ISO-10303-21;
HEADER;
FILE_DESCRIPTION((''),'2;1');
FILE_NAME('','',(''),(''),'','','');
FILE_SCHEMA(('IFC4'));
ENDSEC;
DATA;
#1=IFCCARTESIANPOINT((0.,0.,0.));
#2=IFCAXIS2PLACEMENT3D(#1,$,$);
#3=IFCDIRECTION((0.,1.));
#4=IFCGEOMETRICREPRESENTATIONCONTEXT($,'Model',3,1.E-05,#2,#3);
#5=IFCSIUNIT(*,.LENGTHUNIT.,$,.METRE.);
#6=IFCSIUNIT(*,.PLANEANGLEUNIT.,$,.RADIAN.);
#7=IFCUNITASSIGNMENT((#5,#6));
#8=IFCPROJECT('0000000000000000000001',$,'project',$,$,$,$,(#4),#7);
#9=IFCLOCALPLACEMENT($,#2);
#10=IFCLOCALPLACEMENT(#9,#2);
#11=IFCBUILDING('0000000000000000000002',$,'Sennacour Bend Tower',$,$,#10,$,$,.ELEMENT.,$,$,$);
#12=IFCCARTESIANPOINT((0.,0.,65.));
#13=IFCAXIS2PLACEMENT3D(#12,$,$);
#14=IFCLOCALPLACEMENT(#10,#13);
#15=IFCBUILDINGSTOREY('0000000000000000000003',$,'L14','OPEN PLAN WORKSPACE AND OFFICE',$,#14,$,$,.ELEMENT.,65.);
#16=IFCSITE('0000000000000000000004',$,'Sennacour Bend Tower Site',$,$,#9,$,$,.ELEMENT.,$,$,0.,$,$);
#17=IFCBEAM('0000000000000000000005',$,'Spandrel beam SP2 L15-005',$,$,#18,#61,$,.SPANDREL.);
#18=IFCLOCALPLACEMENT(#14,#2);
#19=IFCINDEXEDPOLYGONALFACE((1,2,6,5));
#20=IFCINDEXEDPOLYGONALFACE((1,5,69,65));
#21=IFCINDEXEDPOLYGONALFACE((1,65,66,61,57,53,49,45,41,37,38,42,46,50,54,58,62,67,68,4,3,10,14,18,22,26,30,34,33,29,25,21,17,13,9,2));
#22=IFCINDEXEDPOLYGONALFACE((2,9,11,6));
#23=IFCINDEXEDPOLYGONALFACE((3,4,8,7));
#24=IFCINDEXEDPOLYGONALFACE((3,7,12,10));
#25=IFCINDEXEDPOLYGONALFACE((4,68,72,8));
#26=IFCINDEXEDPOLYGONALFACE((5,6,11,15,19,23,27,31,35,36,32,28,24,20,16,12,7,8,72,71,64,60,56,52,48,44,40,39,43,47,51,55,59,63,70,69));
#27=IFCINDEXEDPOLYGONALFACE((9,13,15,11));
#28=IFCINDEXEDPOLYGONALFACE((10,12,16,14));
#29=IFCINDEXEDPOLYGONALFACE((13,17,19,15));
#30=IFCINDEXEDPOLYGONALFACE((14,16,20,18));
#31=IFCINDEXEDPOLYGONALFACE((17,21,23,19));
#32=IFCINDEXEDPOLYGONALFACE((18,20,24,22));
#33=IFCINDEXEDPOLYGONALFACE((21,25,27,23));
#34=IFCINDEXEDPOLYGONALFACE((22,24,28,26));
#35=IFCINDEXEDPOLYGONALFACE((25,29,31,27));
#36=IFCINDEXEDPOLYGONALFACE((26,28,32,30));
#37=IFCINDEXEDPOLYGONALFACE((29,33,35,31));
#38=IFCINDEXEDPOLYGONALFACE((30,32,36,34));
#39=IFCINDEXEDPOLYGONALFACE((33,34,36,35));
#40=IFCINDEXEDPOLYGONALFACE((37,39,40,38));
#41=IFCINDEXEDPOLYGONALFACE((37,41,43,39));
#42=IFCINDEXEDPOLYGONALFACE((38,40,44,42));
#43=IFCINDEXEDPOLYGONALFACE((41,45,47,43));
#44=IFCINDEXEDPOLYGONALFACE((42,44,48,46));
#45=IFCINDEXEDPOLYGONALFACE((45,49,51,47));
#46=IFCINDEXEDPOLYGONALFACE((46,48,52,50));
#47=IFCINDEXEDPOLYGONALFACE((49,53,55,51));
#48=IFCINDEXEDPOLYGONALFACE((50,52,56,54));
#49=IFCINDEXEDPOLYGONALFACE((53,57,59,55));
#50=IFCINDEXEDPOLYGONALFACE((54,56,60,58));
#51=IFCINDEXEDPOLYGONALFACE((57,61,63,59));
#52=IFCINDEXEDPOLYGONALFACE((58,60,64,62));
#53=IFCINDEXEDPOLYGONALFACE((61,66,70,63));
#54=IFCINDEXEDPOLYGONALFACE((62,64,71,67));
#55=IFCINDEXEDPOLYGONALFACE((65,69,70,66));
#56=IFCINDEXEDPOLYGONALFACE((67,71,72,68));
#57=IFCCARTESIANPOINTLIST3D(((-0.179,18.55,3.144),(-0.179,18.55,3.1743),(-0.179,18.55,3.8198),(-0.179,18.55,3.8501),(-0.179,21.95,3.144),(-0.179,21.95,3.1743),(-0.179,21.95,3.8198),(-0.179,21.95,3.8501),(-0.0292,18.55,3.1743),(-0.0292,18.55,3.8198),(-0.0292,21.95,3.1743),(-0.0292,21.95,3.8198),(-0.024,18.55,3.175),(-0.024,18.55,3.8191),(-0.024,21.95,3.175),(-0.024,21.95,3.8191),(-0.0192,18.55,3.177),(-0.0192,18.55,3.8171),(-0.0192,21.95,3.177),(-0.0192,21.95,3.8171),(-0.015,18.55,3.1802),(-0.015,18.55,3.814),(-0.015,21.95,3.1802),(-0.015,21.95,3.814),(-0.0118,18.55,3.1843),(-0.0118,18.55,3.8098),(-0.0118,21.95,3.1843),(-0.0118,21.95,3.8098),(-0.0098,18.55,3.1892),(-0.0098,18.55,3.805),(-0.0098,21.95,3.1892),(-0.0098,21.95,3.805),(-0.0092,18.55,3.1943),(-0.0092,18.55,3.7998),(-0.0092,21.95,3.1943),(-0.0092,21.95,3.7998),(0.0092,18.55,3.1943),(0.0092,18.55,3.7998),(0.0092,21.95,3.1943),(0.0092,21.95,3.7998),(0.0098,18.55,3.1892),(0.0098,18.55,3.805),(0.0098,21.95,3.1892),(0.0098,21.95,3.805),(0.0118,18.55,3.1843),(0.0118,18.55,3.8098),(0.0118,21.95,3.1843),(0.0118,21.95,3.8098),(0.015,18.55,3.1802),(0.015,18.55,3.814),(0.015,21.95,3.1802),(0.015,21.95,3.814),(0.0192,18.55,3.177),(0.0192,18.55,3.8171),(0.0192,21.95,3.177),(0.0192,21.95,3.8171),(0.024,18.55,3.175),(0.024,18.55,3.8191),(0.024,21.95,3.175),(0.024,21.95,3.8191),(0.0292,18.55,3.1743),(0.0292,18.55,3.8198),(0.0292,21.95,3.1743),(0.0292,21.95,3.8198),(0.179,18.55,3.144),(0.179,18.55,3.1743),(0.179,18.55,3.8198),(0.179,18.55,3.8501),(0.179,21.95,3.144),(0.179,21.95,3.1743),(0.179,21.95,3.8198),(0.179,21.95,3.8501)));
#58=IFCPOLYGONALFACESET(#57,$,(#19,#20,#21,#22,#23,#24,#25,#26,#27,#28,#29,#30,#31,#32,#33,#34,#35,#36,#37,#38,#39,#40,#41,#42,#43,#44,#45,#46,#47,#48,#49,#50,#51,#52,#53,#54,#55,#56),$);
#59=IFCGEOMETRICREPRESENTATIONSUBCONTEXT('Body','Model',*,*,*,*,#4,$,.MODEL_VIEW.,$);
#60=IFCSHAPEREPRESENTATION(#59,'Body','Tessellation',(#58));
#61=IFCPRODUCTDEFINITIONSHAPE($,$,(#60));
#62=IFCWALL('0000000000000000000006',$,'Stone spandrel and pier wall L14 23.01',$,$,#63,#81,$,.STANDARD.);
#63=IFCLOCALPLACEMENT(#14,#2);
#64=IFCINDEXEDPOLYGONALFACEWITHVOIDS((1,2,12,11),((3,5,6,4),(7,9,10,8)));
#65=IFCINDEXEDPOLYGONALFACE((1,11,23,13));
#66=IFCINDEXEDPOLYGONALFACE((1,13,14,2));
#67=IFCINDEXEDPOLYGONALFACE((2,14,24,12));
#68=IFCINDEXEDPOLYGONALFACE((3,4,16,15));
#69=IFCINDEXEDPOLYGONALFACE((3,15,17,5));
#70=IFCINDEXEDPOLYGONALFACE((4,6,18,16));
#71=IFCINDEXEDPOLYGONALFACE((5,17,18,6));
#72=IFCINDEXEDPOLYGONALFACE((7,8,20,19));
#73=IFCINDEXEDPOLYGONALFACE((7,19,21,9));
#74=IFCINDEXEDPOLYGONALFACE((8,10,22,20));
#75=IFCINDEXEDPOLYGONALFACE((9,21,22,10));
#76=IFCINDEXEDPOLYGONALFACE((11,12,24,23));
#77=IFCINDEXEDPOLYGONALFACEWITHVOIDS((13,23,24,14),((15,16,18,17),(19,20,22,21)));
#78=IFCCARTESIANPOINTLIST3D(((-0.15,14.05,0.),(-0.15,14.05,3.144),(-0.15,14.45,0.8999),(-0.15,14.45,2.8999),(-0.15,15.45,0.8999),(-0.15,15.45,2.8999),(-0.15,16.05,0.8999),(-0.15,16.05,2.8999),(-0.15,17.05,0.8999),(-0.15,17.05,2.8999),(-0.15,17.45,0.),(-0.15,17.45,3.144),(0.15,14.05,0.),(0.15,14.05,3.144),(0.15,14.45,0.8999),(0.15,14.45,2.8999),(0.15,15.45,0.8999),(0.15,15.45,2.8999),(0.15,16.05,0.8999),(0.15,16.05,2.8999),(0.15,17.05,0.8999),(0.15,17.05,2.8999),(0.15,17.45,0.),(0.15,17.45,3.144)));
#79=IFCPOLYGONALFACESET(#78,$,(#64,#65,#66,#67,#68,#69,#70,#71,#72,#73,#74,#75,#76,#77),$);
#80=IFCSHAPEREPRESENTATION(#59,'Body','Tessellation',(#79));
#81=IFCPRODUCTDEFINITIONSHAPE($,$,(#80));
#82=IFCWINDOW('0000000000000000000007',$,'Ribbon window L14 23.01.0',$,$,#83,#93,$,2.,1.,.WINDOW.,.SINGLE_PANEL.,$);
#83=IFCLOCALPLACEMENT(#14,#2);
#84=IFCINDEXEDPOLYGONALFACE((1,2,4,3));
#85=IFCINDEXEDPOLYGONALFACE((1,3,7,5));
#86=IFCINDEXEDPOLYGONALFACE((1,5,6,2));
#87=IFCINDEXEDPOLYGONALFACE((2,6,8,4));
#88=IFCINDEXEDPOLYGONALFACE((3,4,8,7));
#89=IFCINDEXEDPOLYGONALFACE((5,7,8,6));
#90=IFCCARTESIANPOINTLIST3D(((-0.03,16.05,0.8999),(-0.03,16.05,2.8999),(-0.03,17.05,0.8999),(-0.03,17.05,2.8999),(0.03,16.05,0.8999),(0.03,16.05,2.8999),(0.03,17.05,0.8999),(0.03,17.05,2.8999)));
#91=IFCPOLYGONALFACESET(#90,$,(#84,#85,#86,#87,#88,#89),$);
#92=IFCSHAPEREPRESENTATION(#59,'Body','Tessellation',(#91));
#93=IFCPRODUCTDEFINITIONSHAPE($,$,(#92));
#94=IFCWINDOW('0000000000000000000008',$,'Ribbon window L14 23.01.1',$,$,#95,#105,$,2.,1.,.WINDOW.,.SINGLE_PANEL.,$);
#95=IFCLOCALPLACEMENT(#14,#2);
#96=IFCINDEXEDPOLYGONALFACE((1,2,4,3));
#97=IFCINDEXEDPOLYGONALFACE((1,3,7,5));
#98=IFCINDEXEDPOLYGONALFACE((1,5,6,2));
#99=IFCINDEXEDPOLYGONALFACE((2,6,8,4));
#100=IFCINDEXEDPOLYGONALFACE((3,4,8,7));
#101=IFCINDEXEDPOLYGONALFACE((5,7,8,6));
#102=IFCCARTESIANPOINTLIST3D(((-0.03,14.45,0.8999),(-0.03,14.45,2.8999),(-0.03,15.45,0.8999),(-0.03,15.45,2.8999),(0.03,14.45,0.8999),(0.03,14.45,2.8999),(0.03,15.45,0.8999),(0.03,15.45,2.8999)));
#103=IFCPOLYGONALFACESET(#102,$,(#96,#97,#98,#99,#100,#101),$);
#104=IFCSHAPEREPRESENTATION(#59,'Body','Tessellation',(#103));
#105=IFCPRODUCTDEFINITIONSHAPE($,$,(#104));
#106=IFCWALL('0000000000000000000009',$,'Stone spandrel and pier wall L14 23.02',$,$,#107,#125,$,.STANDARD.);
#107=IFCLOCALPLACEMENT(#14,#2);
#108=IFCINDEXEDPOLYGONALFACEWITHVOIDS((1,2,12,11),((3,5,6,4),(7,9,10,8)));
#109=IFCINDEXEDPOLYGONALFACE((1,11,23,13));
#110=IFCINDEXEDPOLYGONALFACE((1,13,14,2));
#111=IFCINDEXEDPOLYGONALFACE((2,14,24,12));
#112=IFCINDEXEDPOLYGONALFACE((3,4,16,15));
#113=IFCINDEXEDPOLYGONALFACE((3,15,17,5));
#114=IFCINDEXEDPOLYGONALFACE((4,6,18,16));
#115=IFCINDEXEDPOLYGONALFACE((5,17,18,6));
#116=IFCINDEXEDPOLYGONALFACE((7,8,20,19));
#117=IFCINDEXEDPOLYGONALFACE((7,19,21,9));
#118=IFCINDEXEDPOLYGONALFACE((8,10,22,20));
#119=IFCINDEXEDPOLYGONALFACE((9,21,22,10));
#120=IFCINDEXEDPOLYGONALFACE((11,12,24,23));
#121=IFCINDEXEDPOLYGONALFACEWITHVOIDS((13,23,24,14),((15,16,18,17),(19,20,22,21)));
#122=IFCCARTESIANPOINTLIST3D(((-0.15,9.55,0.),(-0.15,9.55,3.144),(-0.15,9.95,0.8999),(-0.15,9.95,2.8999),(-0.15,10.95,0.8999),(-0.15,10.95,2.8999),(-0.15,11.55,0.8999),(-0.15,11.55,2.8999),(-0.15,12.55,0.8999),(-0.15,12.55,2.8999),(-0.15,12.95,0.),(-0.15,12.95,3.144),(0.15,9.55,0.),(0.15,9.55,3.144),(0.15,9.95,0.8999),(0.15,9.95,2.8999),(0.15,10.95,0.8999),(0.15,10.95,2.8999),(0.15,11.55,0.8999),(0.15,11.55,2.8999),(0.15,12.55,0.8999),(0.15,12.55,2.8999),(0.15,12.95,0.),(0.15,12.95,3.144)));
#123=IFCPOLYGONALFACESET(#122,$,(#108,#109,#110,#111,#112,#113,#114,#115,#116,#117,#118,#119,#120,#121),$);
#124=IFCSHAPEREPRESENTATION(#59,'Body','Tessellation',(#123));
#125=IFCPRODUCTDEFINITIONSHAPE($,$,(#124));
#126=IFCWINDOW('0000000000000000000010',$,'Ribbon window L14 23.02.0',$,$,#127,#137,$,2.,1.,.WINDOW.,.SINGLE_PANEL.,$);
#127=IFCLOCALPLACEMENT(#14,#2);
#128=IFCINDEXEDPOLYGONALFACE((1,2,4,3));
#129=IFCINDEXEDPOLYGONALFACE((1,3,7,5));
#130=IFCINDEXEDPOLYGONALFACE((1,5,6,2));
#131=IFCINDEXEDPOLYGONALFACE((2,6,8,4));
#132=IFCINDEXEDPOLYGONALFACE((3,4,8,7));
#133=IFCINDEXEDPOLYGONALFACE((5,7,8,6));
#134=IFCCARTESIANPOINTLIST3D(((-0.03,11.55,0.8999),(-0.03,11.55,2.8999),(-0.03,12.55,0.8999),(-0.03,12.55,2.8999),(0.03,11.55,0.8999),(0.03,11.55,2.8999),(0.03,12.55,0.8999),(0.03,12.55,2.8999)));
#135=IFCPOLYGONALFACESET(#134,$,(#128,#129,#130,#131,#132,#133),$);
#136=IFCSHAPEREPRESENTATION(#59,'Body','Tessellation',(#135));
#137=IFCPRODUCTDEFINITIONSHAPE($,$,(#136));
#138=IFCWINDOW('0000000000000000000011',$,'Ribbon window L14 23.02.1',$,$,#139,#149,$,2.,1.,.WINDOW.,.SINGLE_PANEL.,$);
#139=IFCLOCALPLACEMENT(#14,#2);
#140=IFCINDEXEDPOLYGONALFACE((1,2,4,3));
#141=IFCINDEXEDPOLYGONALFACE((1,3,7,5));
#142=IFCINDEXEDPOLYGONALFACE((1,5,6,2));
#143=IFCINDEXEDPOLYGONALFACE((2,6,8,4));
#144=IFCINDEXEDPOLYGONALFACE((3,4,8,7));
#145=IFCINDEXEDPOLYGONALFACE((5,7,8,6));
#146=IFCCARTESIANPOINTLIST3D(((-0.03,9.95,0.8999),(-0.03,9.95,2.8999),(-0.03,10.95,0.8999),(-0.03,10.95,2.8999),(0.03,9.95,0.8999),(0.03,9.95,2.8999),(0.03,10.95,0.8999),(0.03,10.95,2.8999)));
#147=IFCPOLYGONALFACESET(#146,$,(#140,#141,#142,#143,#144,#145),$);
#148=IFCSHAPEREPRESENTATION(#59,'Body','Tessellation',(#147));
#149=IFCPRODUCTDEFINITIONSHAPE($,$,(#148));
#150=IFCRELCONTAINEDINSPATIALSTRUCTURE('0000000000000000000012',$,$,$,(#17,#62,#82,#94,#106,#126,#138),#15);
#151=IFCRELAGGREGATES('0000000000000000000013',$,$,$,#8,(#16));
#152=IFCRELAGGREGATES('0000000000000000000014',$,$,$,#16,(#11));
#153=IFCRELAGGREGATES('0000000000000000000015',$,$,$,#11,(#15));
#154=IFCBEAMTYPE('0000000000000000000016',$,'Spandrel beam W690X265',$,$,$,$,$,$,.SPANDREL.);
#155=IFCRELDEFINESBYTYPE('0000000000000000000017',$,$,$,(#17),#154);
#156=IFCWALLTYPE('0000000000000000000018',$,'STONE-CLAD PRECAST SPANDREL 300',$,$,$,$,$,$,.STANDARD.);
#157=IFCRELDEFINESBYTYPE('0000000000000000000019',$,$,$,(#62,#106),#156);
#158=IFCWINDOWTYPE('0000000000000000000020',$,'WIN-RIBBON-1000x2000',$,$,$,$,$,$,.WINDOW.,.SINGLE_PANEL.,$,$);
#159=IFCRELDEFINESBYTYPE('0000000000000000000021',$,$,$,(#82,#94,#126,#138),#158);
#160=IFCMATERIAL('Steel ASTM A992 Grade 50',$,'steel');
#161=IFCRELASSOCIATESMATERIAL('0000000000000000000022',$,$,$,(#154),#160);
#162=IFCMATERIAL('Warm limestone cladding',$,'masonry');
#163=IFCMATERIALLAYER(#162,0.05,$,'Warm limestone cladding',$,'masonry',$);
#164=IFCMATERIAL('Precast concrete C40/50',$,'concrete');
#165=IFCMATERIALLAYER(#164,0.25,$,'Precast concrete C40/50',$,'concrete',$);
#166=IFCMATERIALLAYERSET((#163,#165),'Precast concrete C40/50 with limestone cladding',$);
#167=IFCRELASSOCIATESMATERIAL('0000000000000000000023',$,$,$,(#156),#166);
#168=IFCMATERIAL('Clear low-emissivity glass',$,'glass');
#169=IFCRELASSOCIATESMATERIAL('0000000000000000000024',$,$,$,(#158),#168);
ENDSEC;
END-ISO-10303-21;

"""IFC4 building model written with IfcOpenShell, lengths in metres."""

from ifc_helpers import new_model, si_unit, direction, frame, frame_2d, origin, origin_2d, place, context, subcontext, project, spatial, rectangle, i_section, extrude, material, layer, layer_set, material_profile, profile_set, type_object, element, fill, save


model = new_model("IFC4")

# Units and contexts
model_context = context("Model", 3, precision=1e-05, world=origin(), true_north=direction((0.0, 1.0)))
body_context = subcontext(model_context, "Body", "Model", "MODEL_VIEW")
ifc_project = project(units=[si_unit("LENGTHUNIT", "METRE"), si_unit("PLANEANGLEUNIT", "RADIAN")], contexts=[model_context])

# Site, building, storey
site_placement = place(None, origin())
site = spatial("IfcSite", under=ifc_project, at=site_placement, Name="Sennacour Bend Tower Site", CompositionType="ELEMENT", RefElevation=0.0)
building_placement = place(site_placement, origin())
building = spatial("IfcBuilding", under=site, at=building_placement, Name="Sennacour Bend Tower", CompositionType="ELEMENT")
storey_placement = place(building_placement, frame((0.0, 0.0, 65.0)))
storey = spatial("IfcBuildingStorey", under=building, at=storey_placement, Name="L14", Description="OPEN PLAN WORKSPACE AND OFFICE", CompositionType="ELEMENT", Elevation=65.0)

# Beam
ifc_material_1 = material(Name="Steel ASTM A992 Grade 50", Category="steel")
ifc_material_profile_1 = material_profile(ifc_material_1, i_section(OverallWidth=0.3579, OverallDepth=0.7061, WebThickness=0.0183, FlangeThickness=0.0303, FilletRadius=0.02, at=origin_2d()), Name="Steel ASTM A992 Grade 50", Category="steel")
ifc_profile_set_1 = profile_set([ifc_material_profile_1], Name="Steel ASTM A992 Grade 50")
beam_type = type_object("IfcBeamType", Name="Spandrel beam W690X265", PredefinedType="SPANDREL", material=ifc_profile_set_1)
for number, where, z_axis, x_axis, name in (
    (1, (0.0, 18.55, 3.4971), (0.0, 1.0, 0.0), (-1.0, 0.0, 0.0), "Spandrel beam SP2 L15-005"),
):
    element("IfcBeam", number, at=place(storey_placement, frame(where, z_axis=z_axis, x_axis=x_axis)), inside=storey, type_object=beam_type, Name=name, PredefinedType="SPANDREL", context=body_context, shape_type="SweptSolid", body=[
        extrude(i_section(OverallWidth=0.3579, OverallDepth=0.7061, WebThickness=0.0183, FlangeThickness=0.0303, FilletRadius=0.02, at=origin_2d()), origin(), (0.0, 0.0, 1.0), 3.3999),
    ])

# Walls, openings, windows
ifc_material_2 = material(Name="Warm limestone cladding", Category="masonry")
ifc_layer_1 = layer(ifc_material_2, 0.05, Name="Warm limestone cladding", Category="masonry")
ifc_material_3 = material(Name="Precast concrete C40/50", Category="concrete")
ifc_layer_2 = layer(ifc_material_3, 0.25, Name="Precast concrete C40/50", Category="concrete")
ifc_layer_set = layer_set([ifc_layer_1, ifc_layer_2], Name="Precast concrete C40/50 with limestone cladding")
wall_type = type_object("IfcWallType", Name="STONE-CLAD PRECAST SPANDREL 300", PredefinedType="STANDARD", material=ifc_layer_set)
wall_1_placement = place(storey_placement, frame((0.0, 17.45, 0.0), z_axis=(0.0, 0.0, 1.0), x_axis=(0.0, -1.0, 0.0)))
wall_1 = element("IfcWall", 2, at=wall_1_placement, inside=storey, type_object=wall_type, Name="Stone spandrel and pier wall L14 23.01", PredefinedType="STANDARD", context=body_context, shape_type="SweptSolid", body=[
    extrude(rectangle(XDim=3.3999, YDim=0.3, at=frame_2d((1.7, 0.0))), origin(), (0.0, 0.0, 1.0), 3.144),
])
opening_1_placement = place(wall_1_placement, frame((0.3999, 0.0, 0.8999)))
opening_1 = element("IfcOpeningElement", 3, at=opening_1_placement, cuts=wall_1, PredefinedType="OPENING", context=body_context, shape_type="SweptSolid", body=[
    extrude(rectangle(XDim=1.0, YDim=2.0, at=frame_2d((0.5, 1.0))), frame((0.0, 0.1602, 0.0), z_axis=(0.0, -1.0, 0.0), x_axis=(1.0, 0.0, 0.0)), (0.0, 0.0, 1.0), 0.3201),
])
opening_2_placement = place(wall_1_placement, frame((2.0, 0.0, 0.8999)))
opening_2 = element("IfcOpeningElement", 4, at=opening_2_placement, cuts=wall_1, PredefinedType="OPENING", context=body_context, shape_type="SweptSolid", body=[
    extrude(rectangle(XDim=1.0, YDim=2.0, at=frame_2d((0.5, 1.0))), frame((0.0, 0.1602, 0.0), z_axis=(0.0, -1.0, 0.0), x_axis=(1.0, 0.0, 0.0)), (0.0, 0.0, 1.0), 0.3201),
])
ifc_material_4 = material(Name="Clear low-emissivity glass", Category="glass")
window_type = type_object("IfcWindowType", Name="WIN-RIBBON-1000x2000", PartitioningType="SINGLE_PANEL", PredefinedType="WINDOW", material=ifc_material_4)
window_1_placement = place(opening_1_placement, origin())
window_1 = element("IfcWindow", 5, at=window_1_placement, inside=storey, type_object=window_type, Name="Ribbon window L14 23.01.0", OverallHeight=2.0, OverallWidth=1.0, PartitioningType="SINGLE_PANEL", PredefinedType="WINDOW", context=body_context, shape_type="SweptSolid", body=[
    extrude(rectangle(XDim=1.0, YDim=2.0, at=frame_2d((0.5, 1.0))), frame((0.0, 0.03, 0.0), z_axis=(0.0, -1.0, 0.0), x_axis=(1.0, 0.0, 0.0)), (0.0, 0.0, 1.0), 0.0601),
])
fill(opening_1, window_1)
window_2_placement = place(opening_2_placement, origin())
window_2 = element("IfcWindow", 6, at=window_2_placement, inside=storey, type_object=window_type, Name="Ribbon window L14 23.01.1", OverallHeight=2.0, OverallWidth=1.0, PartitioningType="SINGLE_PANEL", PredefinedType="WINDOW", context=body_context, shape_type="SweptSolid", body=[
    extrude(rectangle(XDim=1.0, YDim=2.0, at=frame_2d((0.5, 1.0))), frame((0.0, 0.03, 0.0), z_axis=(0.0, -1.0, 0.0), x_axis=(1.0, 0.0, 0.0)), (0.0, 0.0, 1.0), 0.0601),
])
fill(opening_2, window_2)
wall_2_placement = place(storey_placement, frame((0.0, 12.95, 0.0), z_axis=(0.0, 0.0, 1.0), x_axis=(0.0, -1.0, 0.0)))
wall_2 = element("IfcWall", 7, at=wall_2_placement, inside=storey, type_object=wall_type, Name="Stone spandrel and pier wall L14 23.02", PredefinedType="STANDARD", context=body_context, shape_type="SweptSolid", body=[
    extrude(rectangle(XDim=3.3999, YDim=0.3, at=frame_2d((1.7, 0.0))), origin(), (0.0, 0.0, 1.0), 3.144),
])
opening_3_placement = place(wall_2_placement, frame((0.3999, 0.0, 0.8999)))
opening_3 = element("IfcOpeningElement", 8, at=opening_3_placement, cuts=wall_2, PredefinedType="OPENING", context=body_context, shape_type="SweptSolid", body=[
    extrude(rectangle(XDim=1.0, YDim=2.0, at=frame_2d((0.5, 1.0))), frame((0.0, 0.1602, 0.0), z_axis=(0.0, -1.0, 0.0), x_axis=(1.0, 0.0, 0.0)), (0.0, 0.0, 1.0), 0.3201),
])
opening_4_placement = place(wall_2_placement, frame((2.0, 0.0, 0.8999)))
opening_4 = element("IfcOpeningElement", 9, at=opening_4_placement, cuts=wall_2, PredefinedType="OPENING", context=body_context, shape_type="SweptSolid", body=[
    extrude(rectangle(XDim=1.0, YDim=2.0, at=frame_2d((0.5, 1.0))), frame((0.0, 0.1602, 0.0), z_axis=(0.0, -1.0, 0.0), x_axis=(1.0, 0.0, 0.0)), (0.0, 0.0, 1.0), 0.3201),
])
window_3_placement = place(opening_3_placement, origin())
window_3 = element("IfcWindow", 10, at=window_3_placement, inside=storey, type_object=window_type, Name="Ribbon window L14 23.02.0", OverallHeight=2.0, OverallWidth=1.0, PartitioningType="SINGLE_PANEL", PredefinedType="WINDOW", context=body_context, shape_type="SweptSolid", body=[
    extrude(rectangle(XDim=1.0, YDim=2.0, at=frame_2d((0.5, 1.0))), frame((0.0, 0.03, 0.0), z_axis=(0.0, -1.0, 0.0), x_axis=(1.0, 0.0, 0.0)), (0.0, 0.0, 1.0), 0.0601),
])
fill(opening_3, window_3)
window_4_placement = place(opening_4_placement, origin())
window_4 = element("IfcWindow", 11, at=window_4_placement, inside=storey, type_object=window_type, Name="Ribbon window L14 23.02.1", OverallHeight=2.0, OverallWidth=1.0, PartitioningType="SINGLE_PANEL", PredefinedType="WINDOW", context=body_context, shape_type="SweptSolid", body=[
    extrude(rectangle(XDim=1.0, YDim=2.0, at=frame_2d((0.5, 1.0))), frame((0.0, 0.03, 0.0), z_axis=(0.0, -1.0, 0.0), x_axis=(1.0, 0.0, 0.0)), (0.0, 0.0, 1.0), 0.0601),
])
fill(opening_4, window_4)

save(model, "model.ifc")
